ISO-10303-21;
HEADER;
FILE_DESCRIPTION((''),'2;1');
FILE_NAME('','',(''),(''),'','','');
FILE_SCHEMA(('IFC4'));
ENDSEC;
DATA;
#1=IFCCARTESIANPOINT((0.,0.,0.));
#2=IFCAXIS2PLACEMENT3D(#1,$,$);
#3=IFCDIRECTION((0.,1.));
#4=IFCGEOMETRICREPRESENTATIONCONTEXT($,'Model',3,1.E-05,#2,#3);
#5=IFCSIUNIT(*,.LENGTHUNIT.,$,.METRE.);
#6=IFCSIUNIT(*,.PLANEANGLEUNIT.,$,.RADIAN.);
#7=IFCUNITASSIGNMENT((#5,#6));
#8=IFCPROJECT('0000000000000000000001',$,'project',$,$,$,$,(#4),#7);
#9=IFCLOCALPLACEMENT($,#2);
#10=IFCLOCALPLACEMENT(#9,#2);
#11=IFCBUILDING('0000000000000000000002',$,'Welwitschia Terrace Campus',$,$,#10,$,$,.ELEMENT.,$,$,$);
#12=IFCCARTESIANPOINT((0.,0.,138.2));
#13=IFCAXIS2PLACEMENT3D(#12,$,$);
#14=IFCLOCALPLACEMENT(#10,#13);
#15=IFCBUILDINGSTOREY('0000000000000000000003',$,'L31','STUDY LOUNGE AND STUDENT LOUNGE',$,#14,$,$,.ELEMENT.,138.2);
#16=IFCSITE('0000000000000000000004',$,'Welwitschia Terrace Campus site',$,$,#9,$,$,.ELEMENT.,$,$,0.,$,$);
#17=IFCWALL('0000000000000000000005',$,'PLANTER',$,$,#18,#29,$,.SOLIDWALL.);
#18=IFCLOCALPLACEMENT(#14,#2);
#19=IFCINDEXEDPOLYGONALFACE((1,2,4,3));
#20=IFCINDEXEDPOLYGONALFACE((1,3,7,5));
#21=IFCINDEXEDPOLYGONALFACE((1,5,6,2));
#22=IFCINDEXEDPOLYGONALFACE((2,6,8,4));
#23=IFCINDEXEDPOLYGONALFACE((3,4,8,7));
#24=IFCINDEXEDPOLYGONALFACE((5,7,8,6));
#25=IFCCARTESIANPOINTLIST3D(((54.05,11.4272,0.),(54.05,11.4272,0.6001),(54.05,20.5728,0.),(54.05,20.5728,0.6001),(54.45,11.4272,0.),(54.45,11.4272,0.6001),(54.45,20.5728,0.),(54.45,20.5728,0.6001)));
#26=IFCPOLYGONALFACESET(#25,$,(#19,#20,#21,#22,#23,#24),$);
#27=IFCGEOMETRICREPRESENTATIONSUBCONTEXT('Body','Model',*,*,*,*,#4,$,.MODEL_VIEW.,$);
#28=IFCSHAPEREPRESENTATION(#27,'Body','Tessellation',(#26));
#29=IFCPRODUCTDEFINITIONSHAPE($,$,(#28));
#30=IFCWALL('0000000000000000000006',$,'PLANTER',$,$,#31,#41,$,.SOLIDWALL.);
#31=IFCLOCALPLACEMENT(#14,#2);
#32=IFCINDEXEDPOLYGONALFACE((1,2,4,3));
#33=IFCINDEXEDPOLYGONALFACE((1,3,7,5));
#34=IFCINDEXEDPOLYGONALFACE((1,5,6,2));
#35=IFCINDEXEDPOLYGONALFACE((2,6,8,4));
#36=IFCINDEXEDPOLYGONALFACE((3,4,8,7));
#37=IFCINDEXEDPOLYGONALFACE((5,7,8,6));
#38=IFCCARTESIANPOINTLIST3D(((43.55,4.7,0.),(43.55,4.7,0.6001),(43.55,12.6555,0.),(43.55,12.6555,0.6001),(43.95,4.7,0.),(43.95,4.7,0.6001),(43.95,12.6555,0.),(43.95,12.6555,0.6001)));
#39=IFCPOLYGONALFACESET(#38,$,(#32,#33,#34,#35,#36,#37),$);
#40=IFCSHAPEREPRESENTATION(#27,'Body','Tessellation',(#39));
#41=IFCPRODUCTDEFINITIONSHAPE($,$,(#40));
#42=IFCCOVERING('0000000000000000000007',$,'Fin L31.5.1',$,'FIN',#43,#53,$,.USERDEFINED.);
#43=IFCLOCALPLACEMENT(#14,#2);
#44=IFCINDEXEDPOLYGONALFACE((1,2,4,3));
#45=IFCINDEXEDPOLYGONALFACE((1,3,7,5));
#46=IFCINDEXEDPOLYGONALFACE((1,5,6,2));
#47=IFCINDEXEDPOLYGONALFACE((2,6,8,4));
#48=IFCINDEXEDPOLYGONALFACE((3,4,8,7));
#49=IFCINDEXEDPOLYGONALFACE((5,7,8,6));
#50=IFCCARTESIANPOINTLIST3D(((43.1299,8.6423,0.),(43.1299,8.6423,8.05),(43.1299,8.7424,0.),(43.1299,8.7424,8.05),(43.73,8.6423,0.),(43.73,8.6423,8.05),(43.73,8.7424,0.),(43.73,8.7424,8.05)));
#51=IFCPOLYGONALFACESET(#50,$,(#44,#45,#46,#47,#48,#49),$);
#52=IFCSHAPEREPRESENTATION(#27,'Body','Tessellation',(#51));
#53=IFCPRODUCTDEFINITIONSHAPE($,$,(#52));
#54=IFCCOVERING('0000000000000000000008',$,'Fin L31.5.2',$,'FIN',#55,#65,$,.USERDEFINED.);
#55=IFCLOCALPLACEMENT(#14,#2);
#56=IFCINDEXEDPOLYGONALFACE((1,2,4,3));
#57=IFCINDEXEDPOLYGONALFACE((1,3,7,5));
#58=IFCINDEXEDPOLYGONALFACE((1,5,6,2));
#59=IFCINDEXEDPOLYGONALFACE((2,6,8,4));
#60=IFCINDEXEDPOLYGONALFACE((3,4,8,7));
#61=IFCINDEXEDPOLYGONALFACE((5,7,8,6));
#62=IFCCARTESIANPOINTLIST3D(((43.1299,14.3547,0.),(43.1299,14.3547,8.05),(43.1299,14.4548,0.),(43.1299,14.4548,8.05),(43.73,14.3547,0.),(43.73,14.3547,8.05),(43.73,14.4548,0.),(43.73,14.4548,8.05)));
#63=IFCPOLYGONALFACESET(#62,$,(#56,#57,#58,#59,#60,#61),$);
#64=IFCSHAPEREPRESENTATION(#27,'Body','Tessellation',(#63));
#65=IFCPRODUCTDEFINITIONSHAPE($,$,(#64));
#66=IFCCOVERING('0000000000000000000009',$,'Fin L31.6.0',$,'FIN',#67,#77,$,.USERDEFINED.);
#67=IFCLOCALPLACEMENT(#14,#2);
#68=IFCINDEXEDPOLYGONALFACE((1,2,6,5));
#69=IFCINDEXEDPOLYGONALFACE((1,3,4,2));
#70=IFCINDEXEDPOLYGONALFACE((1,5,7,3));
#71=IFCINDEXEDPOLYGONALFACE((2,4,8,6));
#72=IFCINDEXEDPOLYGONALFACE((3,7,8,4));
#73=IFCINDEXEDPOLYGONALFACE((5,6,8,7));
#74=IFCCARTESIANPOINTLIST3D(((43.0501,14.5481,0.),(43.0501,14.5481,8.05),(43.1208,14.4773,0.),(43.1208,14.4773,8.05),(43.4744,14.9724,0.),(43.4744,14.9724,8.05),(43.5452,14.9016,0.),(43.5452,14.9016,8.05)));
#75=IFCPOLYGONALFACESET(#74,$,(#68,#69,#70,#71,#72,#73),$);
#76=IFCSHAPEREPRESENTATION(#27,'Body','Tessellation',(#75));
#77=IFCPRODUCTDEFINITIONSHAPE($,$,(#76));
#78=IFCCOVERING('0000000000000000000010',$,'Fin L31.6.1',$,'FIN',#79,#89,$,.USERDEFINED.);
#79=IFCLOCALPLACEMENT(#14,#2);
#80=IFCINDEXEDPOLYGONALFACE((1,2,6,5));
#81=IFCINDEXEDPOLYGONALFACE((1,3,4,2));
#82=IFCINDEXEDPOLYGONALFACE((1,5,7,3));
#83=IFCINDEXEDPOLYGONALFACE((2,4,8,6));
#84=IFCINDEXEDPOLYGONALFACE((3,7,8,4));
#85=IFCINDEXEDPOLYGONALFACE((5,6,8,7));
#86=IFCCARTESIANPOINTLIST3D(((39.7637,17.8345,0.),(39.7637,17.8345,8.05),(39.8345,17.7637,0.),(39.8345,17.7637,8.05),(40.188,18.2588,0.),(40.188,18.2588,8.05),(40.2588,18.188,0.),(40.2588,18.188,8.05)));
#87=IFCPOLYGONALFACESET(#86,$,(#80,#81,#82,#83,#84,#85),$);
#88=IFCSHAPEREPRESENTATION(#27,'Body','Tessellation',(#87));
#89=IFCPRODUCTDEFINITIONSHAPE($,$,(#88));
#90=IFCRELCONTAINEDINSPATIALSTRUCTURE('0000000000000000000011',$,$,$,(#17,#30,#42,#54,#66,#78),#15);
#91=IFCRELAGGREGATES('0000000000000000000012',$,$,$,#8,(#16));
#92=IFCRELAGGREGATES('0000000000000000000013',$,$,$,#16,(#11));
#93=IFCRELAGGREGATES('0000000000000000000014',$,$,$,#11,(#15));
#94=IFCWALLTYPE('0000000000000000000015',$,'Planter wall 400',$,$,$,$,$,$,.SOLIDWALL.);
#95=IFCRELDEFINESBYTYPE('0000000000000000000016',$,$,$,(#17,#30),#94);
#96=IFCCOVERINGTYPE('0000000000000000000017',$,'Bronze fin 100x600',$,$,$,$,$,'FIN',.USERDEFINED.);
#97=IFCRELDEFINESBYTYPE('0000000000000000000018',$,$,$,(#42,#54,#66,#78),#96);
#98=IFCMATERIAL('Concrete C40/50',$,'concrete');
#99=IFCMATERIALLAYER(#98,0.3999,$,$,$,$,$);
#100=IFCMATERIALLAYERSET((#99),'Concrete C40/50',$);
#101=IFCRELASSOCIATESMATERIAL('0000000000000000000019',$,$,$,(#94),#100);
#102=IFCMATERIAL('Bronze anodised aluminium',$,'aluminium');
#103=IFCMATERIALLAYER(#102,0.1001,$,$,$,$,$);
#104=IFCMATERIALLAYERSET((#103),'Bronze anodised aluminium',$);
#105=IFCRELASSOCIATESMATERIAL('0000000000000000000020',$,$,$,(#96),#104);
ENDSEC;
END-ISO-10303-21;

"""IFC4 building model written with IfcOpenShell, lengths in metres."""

from ifc_helpers import new_model, si_unit, direction, frame, frame_2d, origin, origin_2d, place, context, subcontext, project, spatial, rectangle, extrude, material, layer, layer_set, type_object, element, save


model = new_model("IFC4")

# Units and contexts
model_context = context("Model", 3, precision=1e-05, world=origin(), true_north=direction((0.0, 1.0)))
body_context = subcontext(model_context, "Body", "Model", "MODEL_VIEW")
ifc_project = project(units=[si_unit("LENGTHUNIT", "METRE"), si_unit("PLANEANGLEUNIT", "RADIAN")], contexts=[model_context])

# Site, building, storey
site_placement = place(None, origin())
site = spatial("IfcSite", under=ifc_project, at=site_placement, Name="Welwitschia Terrace Campus site", CompositionType="ELEMENT", RefElevation=0.0)
building_placement = place(site_placement, origin())
building = spatial("IfcBuilding", under=site, at=building_placement, Name="Welwitschia Terrace Campus", CompositionType="ELEMENT")
storey_placement = place(building_placement, frame((0.0, 0.0, 138.2)))
storey = spatial("IfcBuildingStorey", under=building, at=storey_placement, Name="L31", Description="STUDY LOUNGE AND STUDENT LOUNGE", CompositionType="ELEMENT", Elevation=138.2)

# Walls
ifc_material_1 = material(Name="Concrete C40/50", Category="concrete")
ifc_layer_1 = layer(ifc_material_1, 0.3999)
ifc_layer_set_1 = layer_set([ifc_layer_1], Name="Concrete C40/50")
wall_type = type_object("IfcWallType", Name="Planter wall 400", PredefinedType="SOLIDWALL", material=ifc_layer_set_1)
wall_1_placement = place(storey_placement, frame((54.25, 20.5728, 0.0), z_axis=(0.0, 0.0, 1.0), x_axis=(0.0, -1.0, 0.0)))
element("IfcWall", 1, at=wall_1_placement, inside=storey, type_object=wall_type, Name="PLANTER", PredefinedType="SOLIDWALL", context=body_context, shape_type="SweptSolid", body=[
    extrude(rectangle(XDim=9.1455, YDim=0.3999, at=frame_2d((4.5728, 0.0))), origin(), (0.0, 0.0, 1.0), 0.6001),
])
wall_2_placement = place(storey_placement, frame((43.75, 4.7, 0.0), z_axis=(0.0, 0.0, 1.0), x_axis=(0.0, 1.0, 0.0)))
element("IfcWall", 2, at=wall_2_placement, inside=storey, type_object=wall_type, Name="PLANTER", PredefinedType="SOLIDWALL", context=body_context, shape_type="SweptSolid", body=[
    extrude(rectangle(XDim=7.9556, YDim=0.3999, at=frame_2d((3.9778, 0.0))), origin(), (0.0, 0.0, 1.0), 0.6001),
])

# Coverings
ifc_material_2 = material(Name="Bronze anodised aluminium", Category="aluminium")
ifc_layer_2 = layer(ifc_material_2, 0.1001)
ifc_layer_set_2 = layer_set([ifc_layer_2], Name="Bronze anodised aluminium")
covering_type = type_object("IfcCoveringType", Name="Bronze fin 100x600", ElementType="FIN", PredefinedType="USERDEFINED", material=ifc_layer_set_2)
for number, where, z_axis, x_axis, name in (
    (3, (43.4299, 8.6924, 0.0), (0.0, 0.0, 1.0), (0.0, 1.0, 0.0), "Fin L31.5.1"),
    (4, (43.4299, 14.4048, 0.0), (0.0, 0.0, 1.0), (0.0, 1.0, 0.0), "Fin L31.5.2"),
    (5, (43.2976, 14.7249, 0.0), (0.0, 0.0, 1.0), (-0.707107, 0.707107, 0.0), "Fin L31.6.0"),
    (6, (40.0112, 18.0112, 0.0), (0.0, 0.0, 1.0), (-0.707107, 0.707107, 0.0), "Fin L31.6.1"),
):
    element("IfcCovering", number, at=place(storey_placement, frame(where, z_axis=z_axis, x_axis=x_axis)), inside=storey, type_object=covering_type, Name=name, ObjectType="FIN", PredefinedType="USERDEFINED", context=body_context, shape_type="SweptSolid", body=[
        extrude(rectangle(XDim=0.1001, YDim=0.6001, at=origin_2d()), origin(), (0.0, 0.0, 1.0), 8.05),
    ])

save(model, "model.ifc")
